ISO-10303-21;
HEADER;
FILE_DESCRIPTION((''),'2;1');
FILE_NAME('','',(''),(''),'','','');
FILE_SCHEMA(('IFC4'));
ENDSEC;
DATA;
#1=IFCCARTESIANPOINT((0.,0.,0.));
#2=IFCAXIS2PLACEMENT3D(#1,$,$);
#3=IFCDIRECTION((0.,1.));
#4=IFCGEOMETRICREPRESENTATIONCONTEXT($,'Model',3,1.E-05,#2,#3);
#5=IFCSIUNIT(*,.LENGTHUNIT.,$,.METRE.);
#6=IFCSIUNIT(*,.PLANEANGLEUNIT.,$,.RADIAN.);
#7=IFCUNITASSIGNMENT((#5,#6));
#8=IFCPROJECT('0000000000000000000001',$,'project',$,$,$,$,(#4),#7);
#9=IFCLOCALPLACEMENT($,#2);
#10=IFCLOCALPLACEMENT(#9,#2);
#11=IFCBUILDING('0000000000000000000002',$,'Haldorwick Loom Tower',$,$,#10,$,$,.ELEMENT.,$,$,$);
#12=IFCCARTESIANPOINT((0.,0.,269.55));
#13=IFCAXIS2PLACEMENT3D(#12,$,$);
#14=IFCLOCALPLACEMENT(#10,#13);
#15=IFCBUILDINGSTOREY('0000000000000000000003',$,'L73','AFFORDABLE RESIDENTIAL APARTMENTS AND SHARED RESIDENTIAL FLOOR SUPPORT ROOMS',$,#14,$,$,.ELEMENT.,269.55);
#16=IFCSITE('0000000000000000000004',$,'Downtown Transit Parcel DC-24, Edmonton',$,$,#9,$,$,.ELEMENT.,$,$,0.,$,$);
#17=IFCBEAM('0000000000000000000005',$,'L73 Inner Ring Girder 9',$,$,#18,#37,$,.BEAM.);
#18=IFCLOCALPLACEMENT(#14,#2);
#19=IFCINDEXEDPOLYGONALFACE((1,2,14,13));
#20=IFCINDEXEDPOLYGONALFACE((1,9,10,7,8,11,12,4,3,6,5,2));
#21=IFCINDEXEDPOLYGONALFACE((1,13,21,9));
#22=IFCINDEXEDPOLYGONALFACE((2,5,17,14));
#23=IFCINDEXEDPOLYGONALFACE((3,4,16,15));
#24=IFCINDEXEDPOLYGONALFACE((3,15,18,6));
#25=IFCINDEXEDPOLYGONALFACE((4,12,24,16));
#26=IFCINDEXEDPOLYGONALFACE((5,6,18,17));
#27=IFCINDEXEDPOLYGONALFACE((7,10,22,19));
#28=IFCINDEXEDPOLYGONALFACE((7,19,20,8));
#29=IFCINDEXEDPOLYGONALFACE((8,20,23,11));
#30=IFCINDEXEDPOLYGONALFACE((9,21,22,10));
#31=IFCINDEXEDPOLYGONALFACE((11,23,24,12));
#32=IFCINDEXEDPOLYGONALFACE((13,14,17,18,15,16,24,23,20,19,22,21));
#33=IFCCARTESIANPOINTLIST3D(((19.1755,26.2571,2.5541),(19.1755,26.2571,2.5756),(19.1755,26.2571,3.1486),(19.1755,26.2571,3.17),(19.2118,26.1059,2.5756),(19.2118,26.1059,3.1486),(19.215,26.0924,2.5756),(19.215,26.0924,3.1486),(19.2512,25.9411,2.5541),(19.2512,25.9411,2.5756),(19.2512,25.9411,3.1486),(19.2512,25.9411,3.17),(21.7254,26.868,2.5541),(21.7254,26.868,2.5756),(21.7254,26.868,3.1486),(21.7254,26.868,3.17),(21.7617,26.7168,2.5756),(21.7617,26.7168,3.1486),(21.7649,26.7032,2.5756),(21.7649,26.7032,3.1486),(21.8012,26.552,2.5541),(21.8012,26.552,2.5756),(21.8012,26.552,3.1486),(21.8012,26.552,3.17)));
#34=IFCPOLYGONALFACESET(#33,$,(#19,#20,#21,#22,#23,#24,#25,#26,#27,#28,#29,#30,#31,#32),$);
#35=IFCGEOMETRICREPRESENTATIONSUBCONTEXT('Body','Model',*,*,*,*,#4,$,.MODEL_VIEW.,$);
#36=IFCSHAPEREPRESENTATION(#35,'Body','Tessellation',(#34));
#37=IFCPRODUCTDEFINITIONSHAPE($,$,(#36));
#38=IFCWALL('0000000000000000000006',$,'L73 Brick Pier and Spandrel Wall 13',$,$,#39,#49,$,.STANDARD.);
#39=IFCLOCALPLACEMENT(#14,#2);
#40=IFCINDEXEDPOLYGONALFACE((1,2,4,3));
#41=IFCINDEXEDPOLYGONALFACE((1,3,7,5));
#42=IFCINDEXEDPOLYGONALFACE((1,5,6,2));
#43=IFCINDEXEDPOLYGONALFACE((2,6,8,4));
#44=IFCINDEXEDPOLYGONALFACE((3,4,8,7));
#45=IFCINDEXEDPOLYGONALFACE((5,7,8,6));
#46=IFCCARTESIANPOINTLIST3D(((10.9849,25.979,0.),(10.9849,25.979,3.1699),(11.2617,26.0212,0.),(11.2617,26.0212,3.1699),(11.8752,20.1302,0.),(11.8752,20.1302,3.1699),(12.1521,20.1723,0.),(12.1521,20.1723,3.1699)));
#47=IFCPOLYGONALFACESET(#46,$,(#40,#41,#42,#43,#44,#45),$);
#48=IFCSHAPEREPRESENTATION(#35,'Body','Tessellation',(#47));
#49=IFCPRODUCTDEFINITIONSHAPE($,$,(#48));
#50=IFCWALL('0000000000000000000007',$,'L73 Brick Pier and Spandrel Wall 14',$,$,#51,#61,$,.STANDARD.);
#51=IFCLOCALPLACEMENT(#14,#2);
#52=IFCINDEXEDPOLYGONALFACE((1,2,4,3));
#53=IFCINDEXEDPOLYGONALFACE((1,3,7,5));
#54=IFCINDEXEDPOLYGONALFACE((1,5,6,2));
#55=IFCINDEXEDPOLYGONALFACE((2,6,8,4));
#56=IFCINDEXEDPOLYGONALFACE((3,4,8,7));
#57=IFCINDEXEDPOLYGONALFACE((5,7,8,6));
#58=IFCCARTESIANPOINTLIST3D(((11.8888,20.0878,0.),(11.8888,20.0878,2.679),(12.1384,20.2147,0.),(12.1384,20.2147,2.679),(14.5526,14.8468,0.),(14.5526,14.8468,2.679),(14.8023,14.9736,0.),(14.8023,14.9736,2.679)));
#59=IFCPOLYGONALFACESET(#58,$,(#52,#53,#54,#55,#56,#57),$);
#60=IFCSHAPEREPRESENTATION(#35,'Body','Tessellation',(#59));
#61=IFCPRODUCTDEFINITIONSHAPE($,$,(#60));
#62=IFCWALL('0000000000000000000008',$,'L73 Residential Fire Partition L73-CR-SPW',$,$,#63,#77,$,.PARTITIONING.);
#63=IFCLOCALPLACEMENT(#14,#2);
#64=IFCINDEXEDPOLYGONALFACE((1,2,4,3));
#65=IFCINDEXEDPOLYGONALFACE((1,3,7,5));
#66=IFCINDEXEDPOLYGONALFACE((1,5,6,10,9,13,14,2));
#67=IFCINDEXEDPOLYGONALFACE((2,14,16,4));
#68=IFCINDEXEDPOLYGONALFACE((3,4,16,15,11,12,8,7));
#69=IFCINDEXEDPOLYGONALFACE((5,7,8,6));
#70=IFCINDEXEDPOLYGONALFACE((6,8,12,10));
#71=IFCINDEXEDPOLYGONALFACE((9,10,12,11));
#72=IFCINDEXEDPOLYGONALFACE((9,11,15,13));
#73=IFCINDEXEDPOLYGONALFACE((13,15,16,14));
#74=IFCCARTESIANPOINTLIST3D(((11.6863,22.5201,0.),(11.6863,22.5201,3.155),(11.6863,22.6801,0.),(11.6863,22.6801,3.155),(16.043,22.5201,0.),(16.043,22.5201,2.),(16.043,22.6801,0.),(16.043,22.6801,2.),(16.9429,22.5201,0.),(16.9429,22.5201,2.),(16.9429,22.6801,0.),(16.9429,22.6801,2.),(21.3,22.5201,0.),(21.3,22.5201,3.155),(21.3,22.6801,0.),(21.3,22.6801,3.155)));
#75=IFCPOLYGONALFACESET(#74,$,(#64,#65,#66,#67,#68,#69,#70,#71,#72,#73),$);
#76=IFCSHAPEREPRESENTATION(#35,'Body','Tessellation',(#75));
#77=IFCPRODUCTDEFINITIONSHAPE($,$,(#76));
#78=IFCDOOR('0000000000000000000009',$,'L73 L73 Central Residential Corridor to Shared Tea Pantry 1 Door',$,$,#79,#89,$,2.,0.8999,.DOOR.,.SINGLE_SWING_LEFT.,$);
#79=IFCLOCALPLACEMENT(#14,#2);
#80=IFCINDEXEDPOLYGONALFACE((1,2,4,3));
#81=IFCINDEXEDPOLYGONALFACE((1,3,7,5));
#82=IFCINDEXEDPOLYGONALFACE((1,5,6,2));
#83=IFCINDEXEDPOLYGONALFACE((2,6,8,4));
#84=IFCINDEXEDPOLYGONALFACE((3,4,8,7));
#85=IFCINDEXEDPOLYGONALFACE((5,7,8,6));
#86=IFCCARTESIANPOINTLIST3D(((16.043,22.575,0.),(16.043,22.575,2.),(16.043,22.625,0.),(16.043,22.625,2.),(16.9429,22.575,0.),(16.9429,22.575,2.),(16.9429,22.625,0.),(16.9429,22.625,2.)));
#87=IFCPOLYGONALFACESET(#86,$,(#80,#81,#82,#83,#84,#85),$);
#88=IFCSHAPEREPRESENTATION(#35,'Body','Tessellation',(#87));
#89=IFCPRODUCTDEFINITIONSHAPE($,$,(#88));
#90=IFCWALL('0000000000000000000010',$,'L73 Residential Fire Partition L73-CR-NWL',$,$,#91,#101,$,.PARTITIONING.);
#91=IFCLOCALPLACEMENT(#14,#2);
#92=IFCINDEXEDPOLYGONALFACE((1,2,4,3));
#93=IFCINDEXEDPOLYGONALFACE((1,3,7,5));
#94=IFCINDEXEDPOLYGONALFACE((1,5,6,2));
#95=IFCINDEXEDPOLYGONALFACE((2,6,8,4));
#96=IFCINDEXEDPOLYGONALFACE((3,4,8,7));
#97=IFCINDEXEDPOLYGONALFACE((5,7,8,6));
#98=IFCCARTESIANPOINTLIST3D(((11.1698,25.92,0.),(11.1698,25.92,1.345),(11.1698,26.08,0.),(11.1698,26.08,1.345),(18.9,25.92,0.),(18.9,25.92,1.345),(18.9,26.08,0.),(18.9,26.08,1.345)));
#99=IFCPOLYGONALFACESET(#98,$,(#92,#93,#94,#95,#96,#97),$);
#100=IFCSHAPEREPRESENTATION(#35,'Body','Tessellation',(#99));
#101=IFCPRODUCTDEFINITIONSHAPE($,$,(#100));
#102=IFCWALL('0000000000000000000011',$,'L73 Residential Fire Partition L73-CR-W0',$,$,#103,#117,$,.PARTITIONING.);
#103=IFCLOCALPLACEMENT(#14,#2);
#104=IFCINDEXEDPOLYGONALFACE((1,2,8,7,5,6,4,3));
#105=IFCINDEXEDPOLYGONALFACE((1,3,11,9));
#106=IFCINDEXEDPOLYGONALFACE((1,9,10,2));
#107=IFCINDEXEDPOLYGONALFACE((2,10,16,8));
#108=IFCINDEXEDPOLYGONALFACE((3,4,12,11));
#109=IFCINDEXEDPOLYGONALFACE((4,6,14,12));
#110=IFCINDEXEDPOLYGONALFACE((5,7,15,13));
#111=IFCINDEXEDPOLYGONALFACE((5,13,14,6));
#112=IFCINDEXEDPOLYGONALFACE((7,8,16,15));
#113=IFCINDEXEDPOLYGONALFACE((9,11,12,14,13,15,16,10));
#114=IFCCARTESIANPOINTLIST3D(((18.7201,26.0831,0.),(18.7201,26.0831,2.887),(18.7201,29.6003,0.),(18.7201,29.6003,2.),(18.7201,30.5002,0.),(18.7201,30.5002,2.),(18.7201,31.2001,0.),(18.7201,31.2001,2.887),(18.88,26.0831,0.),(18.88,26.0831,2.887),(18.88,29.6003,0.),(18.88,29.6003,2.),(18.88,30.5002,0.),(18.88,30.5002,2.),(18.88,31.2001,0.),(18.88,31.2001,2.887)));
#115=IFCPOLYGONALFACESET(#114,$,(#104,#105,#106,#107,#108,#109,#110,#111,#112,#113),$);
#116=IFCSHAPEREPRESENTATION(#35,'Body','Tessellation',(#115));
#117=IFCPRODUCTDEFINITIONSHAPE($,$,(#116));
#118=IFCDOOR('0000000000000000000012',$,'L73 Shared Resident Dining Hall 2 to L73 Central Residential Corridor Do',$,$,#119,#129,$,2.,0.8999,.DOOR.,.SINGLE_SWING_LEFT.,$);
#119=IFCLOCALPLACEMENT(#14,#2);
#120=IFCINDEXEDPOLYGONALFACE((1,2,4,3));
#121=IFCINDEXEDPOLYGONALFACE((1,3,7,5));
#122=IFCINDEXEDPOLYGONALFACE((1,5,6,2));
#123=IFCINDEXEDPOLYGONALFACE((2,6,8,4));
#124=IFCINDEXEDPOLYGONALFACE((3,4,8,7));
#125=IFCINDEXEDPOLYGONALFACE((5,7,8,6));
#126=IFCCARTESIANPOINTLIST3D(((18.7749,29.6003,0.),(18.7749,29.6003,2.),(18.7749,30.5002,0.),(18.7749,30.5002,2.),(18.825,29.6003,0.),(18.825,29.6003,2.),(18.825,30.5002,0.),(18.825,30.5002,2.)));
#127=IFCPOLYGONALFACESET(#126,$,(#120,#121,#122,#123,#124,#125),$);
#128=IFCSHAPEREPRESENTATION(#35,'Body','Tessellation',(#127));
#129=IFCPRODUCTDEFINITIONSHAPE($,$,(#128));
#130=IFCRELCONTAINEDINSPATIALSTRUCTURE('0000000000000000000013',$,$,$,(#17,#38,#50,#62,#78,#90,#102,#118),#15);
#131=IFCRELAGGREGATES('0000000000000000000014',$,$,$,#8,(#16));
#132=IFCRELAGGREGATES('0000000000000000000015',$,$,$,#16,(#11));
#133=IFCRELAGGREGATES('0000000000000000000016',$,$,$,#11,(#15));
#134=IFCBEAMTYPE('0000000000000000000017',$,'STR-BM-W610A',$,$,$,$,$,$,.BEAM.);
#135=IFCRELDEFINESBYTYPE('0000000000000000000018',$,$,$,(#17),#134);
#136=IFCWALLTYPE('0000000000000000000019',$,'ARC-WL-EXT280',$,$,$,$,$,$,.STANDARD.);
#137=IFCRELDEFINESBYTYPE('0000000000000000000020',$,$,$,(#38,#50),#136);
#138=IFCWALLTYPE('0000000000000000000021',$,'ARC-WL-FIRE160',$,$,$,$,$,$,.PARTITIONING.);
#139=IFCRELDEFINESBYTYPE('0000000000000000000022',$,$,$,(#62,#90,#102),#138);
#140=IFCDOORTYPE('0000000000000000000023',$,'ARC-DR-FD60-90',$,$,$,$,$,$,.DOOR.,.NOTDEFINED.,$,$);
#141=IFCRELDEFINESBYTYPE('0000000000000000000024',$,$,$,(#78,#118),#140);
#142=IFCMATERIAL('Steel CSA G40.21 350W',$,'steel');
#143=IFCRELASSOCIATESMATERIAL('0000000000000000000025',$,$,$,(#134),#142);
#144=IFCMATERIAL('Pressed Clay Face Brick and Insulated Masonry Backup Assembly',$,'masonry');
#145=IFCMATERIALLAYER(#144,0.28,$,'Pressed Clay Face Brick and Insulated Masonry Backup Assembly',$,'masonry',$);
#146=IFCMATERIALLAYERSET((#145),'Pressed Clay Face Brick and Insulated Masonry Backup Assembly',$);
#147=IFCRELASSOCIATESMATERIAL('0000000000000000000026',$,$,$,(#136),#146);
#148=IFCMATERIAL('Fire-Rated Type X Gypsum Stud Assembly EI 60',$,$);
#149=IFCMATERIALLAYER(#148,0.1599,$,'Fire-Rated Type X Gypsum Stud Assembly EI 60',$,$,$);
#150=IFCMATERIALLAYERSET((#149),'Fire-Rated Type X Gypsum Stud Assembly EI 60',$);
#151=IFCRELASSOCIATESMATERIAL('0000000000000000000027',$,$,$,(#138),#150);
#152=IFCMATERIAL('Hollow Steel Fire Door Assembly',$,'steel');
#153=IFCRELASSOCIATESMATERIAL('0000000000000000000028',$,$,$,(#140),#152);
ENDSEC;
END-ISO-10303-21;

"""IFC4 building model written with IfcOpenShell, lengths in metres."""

from ifc_helpers import new_model, si_unit, direction, frame, frame_2d, origin, origin_2d, place, context, subcontext, project, spatial, rectangle, i_section, extrude, material, layer, layer_set, material_profile, profile_set, type_object, element, fill, save


model = new_model("IFC4")

# Units and contexts
model_context = context("Model", 3, precision=1e-05, world=origin(), true_north=direction((0.0, 1.0)))
body_context = subcontext(model_context, "Body", "Model", "MODEL_VIEW")
ifc_project = project(units=[si_unit("LENGTHUNIT", "METRE"), si_unit("PLANEANGLEUNIT", "RADIAN")], contexts=[model_context])

# Site, building, storey
site_placement = place(None, origin())
site = spatial("IfcSite", under=ifc_project, at=site_placement, Name="Downtown Transit Parcel DC-24, Edmonton", CompositionType="ELEMENT", RefElevation=0.0)
building_placement = place(site_placement, origin())
building = spatial("IfcBuilding", under=site, at=building_placement, Name="Haldorwick Loom Tower", CompositionType="ELEMENT")
storey_placement = place(building_placement, frame((0.0, 0.0, 269.55)))
storey = spatial("IfcBuildingStorey", under=building, at=storey_placement, Name="L73", Description="AFFORDABLE RESIDENTIAL APARTMENTS AND SHARED RESIDENTIAL FLOOR SUPPORT ROOMS", CompositionType="ELEMENT", Elevation=269.55)

# Beam
ifc_material_1 = material(Name="Steel CSA G40.21 350W", Category="steel")
ifc_material_profile_1 = material_profile(ifc_material_1, i_section(OverallWidth=0.325, OverallDepth=0.616, WebThickness=0.0139, FlangeThickness=0.0215, at=origin_2d()), Name="W610X174", Category="steel")
ifc_profile_set_1 = profile_set([ifc_material_profile_1], Name="Steel CSA G40.21 350W")
beam_type_1 = type_object("IfcBeamType", Name="STR-BM-W610A", PredefinedType="BEAM", material=ifc_profile_set_1)
beam_1_placement = place(storey_placement, frame((19.2134, 26.0991, 2.8621), z_axis=(0.972484, 0.232971, 0.0), x_axis=(-0.232971, 0.972484, 0.0)))
element("IfcBeam", 1, at=beam_1_placement, inside=storey, type_object=beam_type_1, Name="L73 Inner Ring Girder 9", PredefinedType="BEAM", context=body_context, shape_type="SweptSolid", body=[
    extrude(i_section(OverallWidth=0.325, OverallDepth=0.616, WebThickness=0.0139, FlangeThickness=0.0215, at=origin_2d()), origin(), (0.0, 0.0, 1.0), 2.6221),
])

# Walls
ifc_material_2 = material(Name="Pressed Clay Face Brick and Insulated Masonry Backup Assembly", Category="masonry")
ifc_layer_1 = layer(ifc_material_2, 0.28, Name="Pressed Clay Face Brick and Insulated Masonry Backup Assembly", Category="masonry")
ifc_layer_set_1 = layer_set([ifc_layer_1], Name="Pressed Clay Face Brick and Insulated Masonry Backup Assembly")
wall_type_1 = type_object("IfcWallType", Name="ARC-WL-EXT280", PredefinedType="STANDARD", material=ifc_layer_set_1)
wall_1_placement = place(storey_placement, frame((11.1233, 26.0, 0.0), z_axis=(0.0, 0.0, 1.0), x_axis=(0.150497, -0.98861, 0.0)))
element("IfcWall", 2, at=wall_1_placement, inside=storey, type_object=wall_type_1, Name="L73 Brick Pier and Spandrel Wall 13", PredefinedType="STANDARD", context=body_context, shape_type="SweptSolid", body=[
    extrude(rectangle(XDim=5.9163, YDim=0.28, at=frame_2d((2.958, 0.0))), origin(), (0.0, 0.0, 1.0), 3.1699),
])
wall_2_placement = place(storey_placement, frame((12.0137, 20.1511, 0.0), z_axis=(0.0, 0.0, 1.0), x_axis=(0.453101, -0.891459, 0.0)))
element("IfcWall", 3, at=wall_2_placement, inside=storey, type_object=wall_type_1, Name="L73 Brick Pier and Spandrel Wall 14", PredefinedType="STANDARD", context=body_context, shape_type="SweptSolid", body=[
    extrude(rectangle(XDim=5.8792, YDim=0.28, at=frame_2d((2.9395, 0.0))), origin(), (0.0, 0.0, 1.0), 2.679),
])

# Wall, opening, door
ifc_material_3 = material(Name="Fire-Rated Type X Gypsum Stud Assembly EI 60")
ifc_layer_2 = layer(ifc_material_3, 0.1599, Name="Fire-Rated Type X Gypsum Stud Assembly EI 60")
ifc_layer_set_2 = layer_set([ifc_layer_2], Name="Fire-Rated Type X Gypsum Stud Assembly EI 60")
wall_type_2 = type_object("IfcWallType", Name="ARC-WL-FIRE160", PredefinedType="PARTITIONING", material=ifc_layer_set_2)
wall_3_placement = place(storey_placement, frame((11.6863, 22.6001, 0.0), z_axis=(0.0, 0.0, 1.0), x_axis=(1.0, 0.0, 0.0)))
wall_3 = element("IfcWall", 4, at=wall_3_placement, inside=storey, type_object=wall_type_2, Name="L73 Residential Fire Partition L73-CR-SPW", PredefinedType="PARTITIONING", context=body_context, shape_type="SweptSolid", body=[
    extrude(rectangle(XDim=9.6138, YDim=0.1599, at=frame_2d((4.8069, 0.0))), origin(), (0.0, 0.0, 1.0), 3.155),
])
opening_1_placement = place(wall_3_placement, frame((4.3567, 0.0, 0.0)))
opening_1 = element("IfcOpeningElement", 5, at=opening_1_placement, cuts=wall_3, PredefinedType="OPENING", context=body_context, shape_type="SweptSolid", body=[
    extrude(rectangle(XDim=0.8999, YDim=2.0, at=frame_2d((0.45, 1.0))), frame((0.0, 0.0898, 0.0), z_axis=(0.0, -1.0, 0.0), x_axis=(1.0, 0.0, 0.0)), (0.0, 0.0, 1.0), 0.1799),
])
ifc_material_4 = material(Name="Hollow Steel Fire Door Assembly", Category="steel")
door_type = type_object("IfcDoorType", Name="ARC-DR-FD60-90", OperationType="NOTDEFINED", PredefinedType="DOOR", material=ifc_material_4)
door_1_placement = place(opening_1_placement, origin())
door_1 = element("IfcDoor", 6, at=door_1_placement, inside=storey, type_object=door_type, Name="L73 L73 Central Residential Corridor to Shared Tea Pantry 1 Door", OperationType="SINGLE_SWING_LEFT", OverallHeight=2.0, OverallWidth=0.8999, PredefinedType="DOOR", context=body_context, shape_type="SweptSolid", body=[
    extrude(rectangle(XDim=0.8999, YDim=2.0, at=frame_2d((0.45, 1.0))), frame((0.0, 0.0249, 0.0), z_axis=(0.0, -1.0, 0.0), x_axis=(1.0, 0.0, 0.0)), (0.0, 0.0, 1.0), 0.05),
])
fill(opening_1, door_1)

# Wall
wall_4_placement = place(storey_placement, frame((11.1697, 26.0, 0.0), z_axis=(0.0, 0.0, 1.0), x_axis=(1.0, 0.0, 0.0)))
element("IfcWall", 7, at=wall_4_placement, inside=storey, type_object=wall_type_2, Name="L73 Residential Fire Partition L73-CR-NWL", PredefinedType="PARTITIONING", context=body_context, shape_type="SweptSolid", body=[
    extrude(rectangle(XDim=7.7302, YDim=0.1599, at=frame_2d((3.8652, 0.0))), origin(), (0.0, 0.0, 1.0), 1.345),
])

# Wall, opening, door
wall_5_placement = place(storey_placement, frame((18.8, 26.083, 0.0), z_axis=(0.0, 0.0, 1.0), x_axis=(0.0, 1.0, 0.0)))
wall_5 = element("IfcWall", 8, at=wall_5_placement, inside=storey, type_object=wall_type_2, Name="L73 Residential Fire Partition L73-CR-W0", PredefinedType="PARTITIONING", context=body_context, shape_type="SweptSolid", body=[
    extrude(rectangle(XDim=5.1169, YDim=0.1599, at=frame_2d((2.5586, 0.0))), origin(), (0.0, 0.0, 1.0), 2.887),
])
opening_2_placement = place(wall_5_placement, frame((3.5173, 0.0, 0.0)))
opening_2 = element("IfcOpeningElement", 9, at=opening_2_placement, cuts=wall_5, PredefinedType="OPENING", context=body_context, shape_type="SweptSolid", body=[
    extrude(rectangle(XDim=0.8999, YDim=2.0, at=frame_2d((0.45, 1.0))), frame((0.0, 0.0898, 0.0), z_axis=(0.0, -1.0, 0.0), x_axis=(1.0, 0.0, 0.0)), (0.0, 0.0, 1.0), 0.1799),
])
door_2_placement = place(opening_2_placement, frame((0.8999, 0.0, 0.0), z_axis=(0.0, 0.0, 1.0), x_axis=(-1.0, 0.0, 0.0)))
door_2 = element("IfcDoor", 10, at=door_2_placement, inside=storey, type_object=door_type, Name="L73 Shared Resident Dining Hall 2 to L73 Central Residential Corridor Do", OperationType="SINGLE_SWING_LEFT", OverallHeight=2.0, OverallWidth=0.8999, PredefinedType="DOOR", context=body_context, shape_type="SweptSolid", body=[
    extrude(rectangle(XDim=0.8999, YDim=2.0, at=frame_2d((0.45, 1.0))), frame((0.0, 0.0249, 0.0), z_axis=(0.0, -1.0, 0.0), x_axis=(1.0, 0.0, 0.0)), (0.0, 0.0, 1.0), 0.05),
])
fill(opening_2, door_2)

save(model, "model.ifc")
